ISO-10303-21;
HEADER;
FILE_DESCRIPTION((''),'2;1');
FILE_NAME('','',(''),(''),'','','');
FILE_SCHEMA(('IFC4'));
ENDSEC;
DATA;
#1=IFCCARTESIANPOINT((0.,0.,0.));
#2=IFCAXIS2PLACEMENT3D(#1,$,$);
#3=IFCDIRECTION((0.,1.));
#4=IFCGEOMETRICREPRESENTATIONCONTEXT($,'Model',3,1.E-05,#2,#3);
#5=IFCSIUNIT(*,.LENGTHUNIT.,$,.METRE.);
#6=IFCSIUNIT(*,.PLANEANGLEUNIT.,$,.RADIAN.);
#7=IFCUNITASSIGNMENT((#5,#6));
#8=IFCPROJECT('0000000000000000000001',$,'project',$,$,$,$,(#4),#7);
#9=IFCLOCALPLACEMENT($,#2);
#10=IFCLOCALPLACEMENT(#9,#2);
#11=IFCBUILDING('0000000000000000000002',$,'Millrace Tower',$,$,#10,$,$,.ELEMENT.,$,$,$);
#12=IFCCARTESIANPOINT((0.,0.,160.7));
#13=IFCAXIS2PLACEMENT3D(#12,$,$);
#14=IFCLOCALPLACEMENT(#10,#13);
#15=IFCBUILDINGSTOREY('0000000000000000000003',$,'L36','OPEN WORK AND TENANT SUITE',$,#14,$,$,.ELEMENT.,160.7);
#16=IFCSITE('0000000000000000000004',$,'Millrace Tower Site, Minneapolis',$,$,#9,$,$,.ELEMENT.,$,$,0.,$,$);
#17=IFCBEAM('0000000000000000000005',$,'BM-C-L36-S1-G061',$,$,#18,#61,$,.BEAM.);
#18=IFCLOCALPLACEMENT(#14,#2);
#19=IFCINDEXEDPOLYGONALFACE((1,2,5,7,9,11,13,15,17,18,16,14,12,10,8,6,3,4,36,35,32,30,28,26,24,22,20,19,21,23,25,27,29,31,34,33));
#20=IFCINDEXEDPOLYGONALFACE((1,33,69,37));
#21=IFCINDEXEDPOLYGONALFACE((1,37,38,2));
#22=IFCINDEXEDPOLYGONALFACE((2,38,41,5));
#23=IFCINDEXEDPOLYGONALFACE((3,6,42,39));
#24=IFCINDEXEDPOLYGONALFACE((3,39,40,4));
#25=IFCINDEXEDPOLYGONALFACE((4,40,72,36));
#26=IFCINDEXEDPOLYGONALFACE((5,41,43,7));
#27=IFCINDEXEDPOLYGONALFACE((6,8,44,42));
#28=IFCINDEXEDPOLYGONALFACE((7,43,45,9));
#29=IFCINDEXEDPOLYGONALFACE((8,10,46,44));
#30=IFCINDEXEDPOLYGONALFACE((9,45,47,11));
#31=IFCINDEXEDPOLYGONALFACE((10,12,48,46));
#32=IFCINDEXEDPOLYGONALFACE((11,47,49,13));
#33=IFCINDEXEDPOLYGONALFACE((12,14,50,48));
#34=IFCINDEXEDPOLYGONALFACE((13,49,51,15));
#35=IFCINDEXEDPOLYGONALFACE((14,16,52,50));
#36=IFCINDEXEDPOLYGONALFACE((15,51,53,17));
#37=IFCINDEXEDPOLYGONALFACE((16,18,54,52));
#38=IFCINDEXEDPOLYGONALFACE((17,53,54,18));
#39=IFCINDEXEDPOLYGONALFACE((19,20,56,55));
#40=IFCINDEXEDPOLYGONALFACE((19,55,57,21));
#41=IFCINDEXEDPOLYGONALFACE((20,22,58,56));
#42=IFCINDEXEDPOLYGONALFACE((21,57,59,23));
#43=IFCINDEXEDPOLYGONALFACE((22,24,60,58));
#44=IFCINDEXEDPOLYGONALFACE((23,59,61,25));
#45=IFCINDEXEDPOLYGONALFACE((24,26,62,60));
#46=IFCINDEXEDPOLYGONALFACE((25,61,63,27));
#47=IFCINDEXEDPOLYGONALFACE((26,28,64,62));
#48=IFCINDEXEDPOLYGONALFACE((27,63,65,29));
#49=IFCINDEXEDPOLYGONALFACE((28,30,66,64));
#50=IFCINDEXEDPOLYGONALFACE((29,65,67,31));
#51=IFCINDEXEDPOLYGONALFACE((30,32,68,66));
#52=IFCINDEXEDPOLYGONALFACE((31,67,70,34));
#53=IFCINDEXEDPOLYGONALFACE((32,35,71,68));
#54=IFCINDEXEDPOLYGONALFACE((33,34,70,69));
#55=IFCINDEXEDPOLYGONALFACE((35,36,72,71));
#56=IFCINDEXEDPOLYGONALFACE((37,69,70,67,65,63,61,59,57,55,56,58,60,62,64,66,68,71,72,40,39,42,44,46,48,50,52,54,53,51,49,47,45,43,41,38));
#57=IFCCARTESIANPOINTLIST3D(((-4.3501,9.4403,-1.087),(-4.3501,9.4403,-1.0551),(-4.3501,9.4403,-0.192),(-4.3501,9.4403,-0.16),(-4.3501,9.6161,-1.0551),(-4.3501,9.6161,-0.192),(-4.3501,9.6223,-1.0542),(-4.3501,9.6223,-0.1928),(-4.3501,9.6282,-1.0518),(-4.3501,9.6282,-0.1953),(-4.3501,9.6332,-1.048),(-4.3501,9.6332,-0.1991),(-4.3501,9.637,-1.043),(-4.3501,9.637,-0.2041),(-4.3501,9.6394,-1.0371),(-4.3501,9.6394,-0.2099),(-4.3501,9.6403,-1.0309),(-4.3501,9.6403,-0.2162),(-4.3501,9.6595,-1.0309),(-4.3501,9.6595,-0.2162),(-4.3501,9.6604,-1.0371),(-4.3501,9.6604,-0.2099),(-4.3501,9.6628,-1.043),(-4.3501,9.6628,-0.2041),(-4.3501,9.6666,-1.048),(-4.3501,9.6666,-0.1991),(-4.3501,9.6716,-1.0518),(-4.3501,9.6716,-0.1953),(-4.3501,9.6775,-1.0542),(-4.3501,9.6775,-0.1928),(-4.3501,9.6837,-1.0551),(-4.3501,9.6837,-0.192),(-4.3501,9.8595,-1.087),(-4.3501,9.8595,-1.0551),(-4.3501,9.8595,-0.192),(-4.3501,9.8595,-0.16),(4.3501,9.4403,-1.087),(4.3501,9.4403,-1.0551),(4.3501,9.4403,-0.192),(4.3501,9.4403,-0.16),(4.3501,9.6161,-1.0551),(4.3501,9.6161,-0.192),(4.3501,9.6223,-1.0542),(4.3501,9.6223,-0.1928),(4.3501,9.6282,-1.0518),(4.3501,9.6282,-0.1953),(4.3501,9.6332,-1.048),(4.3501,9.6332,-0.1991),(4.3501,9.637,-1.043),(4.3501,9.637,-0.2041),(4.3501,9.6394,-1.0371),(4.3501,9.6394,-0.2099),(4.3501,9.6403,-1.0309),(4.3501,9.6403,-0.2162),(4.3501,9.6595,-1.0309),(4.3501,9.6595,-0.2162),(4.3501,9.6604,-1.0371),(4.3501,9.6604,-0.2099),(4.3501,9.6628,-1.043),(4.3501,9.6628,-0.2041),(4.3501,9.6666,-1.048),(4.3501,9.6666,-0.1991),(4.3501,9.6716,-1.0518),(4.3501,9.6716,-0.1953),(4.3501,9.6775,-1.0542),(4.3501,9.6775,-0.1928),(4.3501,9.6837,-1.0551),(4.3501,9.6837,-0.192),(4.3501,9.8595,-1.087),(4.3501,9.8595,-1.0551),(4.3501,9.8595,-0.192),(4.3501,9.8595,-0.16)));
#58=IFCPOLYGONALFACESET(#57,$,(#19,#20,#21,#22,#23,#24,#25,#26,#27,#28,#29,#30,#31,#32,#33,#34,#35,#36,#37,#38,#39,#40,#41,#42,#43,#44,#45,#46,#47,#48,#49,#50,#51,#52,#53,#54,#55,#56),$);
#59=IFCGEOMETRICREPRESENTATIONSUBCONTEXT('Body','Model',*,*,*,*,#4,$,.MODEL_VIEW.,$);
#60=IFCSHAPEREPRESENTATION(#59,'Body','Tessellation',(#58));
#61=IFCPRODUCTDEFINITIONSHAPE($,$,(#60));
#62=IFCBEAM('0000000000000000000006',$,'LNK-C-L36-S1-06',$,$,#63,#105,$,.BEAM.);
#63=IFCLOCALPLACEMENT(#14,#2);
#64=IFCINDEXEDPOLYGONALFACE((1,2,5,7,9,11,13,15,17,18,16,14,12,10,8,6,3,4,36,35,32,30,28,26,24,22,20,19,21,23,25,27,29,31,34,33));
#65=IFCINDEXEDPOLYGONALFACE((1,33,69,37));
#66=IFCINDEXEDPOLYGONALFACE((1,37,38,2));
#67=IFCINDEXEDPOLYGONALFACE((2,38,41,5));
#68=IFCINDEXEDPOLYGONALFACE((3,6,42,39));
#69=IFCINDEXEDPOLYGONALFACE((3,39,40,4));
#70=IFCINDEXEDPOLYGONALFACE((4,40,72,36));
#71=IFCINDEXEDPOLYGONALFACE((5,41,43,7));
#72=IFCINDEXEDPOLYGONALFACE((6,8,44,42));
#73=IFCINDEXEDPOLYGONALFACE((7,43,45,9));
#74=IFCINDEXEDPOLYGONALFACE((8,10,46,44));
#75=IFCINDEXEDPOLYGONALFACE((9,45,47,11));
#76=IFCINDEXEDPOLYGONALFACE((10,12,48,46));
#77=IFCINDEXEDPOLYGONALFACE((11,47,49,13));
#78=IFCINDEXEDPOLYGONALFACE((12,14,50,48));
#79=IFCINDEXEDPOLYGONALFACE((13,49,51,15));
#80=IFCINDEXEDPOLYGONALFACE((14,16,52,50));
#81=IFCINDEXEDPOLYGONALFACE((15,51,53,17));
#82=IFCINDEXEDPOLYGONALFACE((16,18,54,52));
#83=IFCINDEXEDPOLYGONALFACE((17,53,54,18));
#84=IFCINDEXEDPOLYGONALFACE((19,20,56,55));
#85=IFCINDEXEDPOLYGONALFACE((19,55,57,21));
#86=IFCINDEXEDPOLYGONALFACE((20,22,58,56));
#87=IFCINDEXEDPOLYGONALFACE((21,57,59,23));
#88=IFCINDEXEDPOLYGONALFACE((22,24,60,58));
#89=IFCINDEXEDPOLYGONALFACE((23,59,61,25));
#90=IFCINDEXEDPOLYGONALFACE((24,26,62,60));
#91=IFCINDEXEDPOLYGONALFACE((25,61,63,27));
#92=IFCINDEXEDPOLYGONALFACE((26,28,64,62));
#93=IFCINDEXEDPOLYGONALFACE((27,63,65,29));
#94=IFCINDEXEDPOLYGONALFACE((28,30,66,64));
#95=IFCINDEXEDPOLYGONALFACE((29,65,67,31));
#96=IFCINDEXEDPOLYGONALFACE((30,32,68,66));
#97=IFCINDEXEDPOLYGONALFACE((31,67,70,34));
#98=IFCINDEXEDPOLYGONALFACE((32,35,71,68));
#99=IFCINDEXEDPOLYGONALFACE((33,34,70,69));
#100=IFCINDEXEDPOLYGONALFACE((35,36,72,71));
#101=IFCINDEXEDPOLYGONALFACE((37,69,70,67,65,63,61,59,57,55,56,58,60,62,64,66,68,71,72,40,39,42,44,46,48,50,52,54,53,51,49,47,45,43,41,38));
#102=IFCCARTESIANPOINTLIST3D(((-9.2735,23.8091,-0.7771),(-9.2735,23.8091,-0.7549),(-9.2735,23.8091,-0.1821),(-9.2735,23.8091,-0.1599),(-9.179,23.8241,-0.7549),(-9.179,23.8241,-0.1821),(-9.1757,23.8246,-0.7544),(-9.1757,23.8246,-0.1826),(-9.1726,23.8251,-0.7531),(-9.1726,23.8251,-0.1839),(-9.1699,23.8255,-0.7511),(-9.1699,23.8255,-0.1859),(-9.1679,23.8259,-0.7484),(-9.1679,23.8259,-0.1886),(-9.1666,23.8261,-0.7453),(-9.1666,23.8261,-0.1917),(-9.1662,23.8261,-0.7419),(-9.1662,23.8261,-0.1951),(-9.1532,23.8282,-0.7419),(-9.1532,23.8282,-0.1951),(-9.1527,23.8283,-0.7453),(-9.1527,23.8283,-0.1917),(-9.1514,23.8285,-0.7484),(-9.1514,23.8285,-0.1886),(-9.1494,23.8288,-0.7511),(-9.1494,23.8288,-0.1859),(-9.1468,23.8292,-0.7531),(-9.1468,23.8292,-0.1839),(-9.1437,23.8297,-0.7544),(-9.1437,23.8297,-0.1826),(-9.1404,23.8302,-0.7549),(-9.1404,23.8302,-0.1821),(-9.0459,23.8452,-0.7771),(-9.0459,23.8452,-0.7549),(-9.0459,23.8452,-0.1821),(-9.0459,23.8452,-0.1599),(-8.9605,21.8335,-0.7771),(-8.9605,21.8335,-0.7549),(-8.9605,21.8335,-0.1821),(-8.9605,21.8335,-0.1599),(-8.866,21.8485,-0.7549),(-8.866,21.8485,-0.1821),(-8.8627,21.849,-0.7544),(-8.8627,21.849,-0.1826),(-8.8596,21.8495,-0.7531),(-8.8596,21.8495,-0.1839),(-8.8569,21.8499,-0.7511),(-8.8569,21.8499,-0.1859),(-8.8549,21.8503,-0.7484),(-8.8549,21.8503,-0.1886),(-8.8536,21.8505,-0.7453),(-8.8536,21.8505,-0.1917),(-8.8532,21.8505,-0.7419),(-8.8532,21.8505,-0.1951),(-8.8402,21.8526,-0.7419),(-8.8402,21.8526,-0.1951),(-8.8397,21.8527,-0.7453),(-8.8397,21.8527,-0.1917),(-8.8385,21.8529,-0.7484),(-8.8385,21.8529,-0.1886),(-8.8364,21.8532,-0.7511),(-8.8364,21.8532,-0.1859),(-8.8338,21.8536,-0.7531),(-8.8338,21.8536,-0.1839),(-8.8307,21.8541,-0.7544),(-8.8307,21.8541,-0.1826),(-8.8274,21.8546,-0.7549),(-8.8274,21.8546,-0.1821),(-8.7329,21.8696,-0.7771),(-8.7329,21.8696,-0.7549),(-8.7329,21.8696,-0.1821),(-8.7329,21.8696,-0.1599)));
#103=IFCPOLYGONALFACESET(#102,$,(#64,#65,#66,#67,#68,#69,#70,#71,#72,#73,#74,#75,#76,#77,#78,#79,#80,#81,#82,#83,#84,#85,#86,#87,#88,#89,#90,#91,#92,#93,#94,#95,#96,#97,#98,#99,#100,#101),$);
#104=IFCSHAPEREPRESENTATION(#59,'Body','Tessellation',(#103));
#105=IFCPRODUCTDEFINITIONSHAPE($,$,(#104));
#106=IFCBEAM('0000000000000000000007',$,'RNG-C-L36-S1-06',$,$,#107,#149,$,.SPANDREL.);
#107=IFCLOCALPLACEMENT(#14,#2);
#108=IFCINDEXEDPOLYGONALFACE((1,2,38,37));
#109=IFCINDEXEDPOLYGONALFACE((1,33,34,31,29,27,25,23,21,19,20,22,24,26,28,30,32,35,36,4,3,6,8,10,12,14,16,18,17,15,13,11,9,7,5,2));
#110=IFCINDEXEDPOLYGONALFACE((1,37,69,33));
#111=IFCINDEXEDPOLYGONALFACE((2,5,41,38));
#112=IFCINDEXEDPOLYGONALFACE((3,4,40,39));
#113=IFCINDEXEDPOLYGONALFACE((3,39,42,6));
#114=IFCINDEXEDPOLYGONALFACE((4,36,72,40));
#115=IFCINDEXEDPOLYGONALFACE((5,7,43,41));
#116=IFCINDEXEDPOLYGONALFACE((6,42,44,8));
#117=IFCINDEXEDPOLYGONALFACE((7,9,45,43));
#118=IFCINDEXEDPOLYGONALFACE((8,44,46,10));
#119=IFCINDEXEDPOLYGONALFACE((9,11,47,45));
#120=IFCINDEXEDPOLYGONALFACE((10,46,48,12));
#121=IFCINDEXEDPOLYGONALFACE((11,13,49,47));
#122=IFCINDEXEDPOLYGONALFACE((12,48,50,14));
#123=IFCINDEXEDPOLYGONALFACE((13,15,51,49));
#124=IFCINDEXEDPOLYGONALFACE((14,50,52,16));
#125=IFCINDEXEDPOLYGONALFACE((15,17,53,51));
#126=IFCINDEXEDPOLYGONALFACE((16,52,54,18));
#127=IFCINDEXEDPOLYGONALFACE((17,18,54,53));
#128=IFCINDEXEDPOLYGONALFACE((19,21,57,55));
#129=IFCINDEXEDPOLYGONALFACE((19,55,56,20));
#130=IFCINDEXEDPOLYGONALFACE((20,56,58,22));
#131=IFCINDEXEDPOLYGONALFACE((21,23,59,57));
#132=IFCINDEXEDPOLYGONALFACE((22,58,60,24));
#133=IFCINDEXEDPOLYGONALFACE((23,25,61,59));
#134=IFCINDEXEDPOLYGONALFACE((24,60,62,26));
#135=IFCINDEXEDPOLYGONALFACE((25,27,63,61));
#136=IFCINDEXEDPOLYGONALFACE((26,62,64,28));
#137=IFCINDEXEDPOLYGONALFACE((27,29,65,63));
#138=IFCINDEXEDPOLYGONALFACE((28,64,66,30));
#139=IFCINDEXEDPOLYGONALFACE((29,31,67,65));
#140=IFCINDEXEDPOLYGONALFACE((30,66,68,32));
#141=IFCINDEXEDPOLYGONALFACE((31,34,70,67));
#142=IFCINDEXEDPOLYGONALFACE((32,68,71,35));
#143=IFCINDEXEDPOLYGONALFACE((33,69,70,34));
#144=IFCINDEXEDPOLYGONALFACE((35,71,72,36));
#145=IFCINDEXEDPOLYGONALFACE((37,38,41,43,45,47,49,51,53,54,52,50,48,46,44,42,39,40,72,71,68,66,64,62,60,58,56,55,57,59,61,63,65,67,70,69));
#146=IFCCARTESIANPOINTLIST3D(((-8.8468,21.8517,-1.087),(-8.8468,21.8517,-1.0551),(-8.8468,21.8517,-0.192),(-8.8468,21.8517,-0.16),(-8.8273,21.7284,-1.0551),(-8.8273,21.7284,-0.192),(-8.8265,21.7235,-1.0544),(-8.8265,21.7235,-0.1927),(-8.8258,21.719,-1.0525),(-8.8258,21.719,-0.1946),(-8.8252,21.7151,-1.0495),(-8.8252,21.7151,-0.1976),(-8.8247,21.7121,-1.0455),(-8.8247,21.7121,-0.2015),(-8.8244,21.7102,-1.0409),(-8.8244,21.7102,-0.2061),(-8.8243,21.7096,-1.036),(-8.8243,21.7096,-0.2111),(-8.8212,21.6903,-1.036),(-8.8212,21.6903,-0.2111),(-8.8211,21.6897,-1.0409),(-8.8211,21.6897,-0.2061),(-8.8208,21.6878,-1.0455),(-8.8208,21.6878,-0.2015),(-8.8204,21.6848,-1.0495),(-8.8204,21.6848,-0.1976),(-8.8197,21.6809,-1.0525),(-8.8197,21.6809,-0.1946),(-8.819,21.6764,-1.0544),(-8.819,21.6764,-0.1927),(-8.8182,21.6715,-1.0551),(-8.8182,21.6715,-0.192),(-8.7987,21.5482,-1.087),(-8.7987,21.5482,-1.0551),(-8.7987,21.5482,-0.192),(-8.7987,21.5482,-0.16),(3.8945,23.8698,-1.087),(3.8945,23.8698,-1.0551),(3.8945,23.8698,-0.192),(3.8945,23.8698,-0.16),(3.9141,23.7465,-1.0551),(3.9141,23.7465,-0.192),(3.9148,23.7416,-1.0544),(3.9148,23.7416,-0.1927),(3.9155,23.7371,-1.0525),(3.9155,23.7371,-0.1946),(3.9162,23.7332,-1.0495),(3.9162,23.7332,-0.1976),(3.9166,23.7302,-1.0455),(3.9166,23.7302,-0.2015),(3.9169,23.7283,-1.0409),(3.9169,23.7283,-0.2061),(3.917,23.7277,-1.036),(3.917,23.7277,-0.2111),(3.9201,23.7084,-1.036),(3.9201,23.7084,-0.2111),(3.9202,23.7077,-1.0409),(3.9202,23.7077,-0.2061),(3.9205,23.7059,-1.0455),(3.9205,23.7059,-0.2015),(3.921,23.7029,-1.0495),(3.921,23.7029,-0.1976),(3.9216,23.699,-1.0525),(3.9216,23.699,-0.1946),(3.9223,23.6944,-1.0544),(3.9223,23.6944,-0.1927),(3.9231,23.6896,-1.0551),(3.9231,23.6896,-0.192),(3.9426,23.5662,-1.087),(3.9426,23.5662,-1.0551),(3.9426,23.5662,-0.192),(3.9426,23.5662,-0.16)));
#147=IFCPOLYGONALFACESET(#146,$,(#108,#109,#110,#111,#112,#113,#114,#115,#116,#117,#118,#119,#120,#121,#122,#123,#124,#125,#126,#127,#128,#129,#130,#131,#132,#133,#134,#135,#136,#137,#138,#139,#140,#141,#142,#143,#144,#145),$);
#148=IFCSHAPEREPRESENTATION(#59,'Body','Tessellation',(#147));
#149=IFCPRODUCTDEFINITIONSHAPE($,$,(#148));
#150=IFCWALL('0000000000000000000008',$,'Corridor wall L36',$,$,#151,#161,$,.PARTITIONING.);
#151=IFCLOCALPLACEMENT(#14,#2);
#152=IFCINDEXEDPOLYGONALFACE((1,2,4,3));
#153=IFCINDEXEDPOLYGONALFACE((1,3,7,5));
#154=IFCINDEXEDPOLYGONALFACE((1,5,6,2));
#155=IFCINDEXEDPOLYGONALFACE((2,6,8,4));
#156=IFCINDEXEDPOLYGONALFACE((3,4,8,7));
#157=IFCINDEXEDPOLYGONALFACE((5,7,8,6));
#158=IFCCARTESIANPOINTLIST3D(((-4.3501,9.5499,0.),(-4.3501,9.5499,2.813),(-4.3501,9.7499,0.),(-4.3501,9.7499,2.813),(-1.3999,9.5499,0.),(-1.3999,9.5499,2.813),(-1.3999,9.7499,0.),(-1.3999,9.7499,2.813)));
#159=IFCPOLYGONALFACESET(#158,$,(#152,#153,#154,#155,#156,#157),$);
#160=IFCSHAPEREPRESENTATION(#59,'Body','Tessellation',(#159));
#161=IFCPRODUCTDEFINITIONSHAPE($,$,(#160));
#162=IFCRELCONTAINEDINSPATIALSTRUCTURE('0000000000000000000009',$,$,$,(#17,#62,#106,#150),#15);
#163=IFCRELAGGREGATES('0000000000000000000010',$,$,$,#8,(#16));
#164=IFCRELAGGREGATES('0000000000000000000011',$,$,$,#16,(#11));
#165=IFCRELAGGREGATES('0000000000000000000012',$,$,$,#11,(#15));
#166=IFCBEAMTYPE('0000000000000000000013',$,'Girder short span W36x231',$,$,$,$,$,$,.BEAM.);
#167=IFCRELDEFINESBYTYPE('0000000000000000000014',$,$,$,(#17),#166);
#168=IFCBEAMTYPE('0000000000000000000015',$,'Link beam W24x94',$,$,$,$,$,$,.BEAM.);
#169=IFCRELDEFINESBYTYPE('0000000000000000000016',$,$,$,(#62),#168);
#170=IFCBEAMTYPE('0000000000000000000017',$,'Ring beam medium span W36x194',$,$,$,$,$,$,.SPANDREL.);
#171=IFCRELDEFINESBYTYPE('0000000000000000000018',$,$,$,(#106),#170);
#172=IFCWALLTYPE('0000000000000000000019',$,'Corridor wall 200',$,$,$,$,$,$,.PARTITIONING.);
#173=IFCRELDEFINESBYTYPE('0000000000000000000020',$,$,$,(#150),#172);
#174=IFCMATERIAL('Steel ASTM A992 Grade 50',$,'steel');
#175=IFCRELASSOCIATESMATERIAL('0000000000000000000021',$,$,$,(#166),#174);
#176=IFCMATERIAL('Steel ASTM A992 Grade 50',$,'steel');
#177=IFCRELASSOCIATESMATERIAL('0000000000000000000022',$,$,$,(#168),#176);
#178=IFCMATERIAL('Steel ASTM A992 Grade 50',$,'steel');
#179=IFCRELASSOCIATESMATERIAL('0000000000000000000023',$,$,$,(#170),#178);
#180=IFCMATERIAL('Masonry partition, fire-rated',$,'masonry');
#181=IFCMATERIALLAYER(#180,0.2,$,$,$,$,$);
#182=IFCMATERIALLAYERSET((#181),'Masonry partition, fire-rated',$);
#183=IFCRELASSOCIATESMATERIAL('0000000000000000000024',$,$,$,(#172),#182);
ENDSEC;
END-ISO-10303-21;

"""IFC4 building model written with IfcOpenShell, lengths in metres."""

from ifc_helpers import new_model, si_unit, direction, frame, frame_2d, origin, origin_2d, place, context, subcontext, project, spatial, rectangle, i_section, extrude, material, layer, layer_set, material_profile, profile_set, type_object, element, save


model = new_model("IFC4")

# Units and contexts
model_context = context("Model", 3, precision=1e-05, world=origin(), true_north=direction((0.0, 1.0)))
body_context = subcontext(model_context, "Body", "Model", "MODEL_VIEW")
ifc_project = project(units=[si_unit("LENGTHUNIT", "METRE"), si_unit("PLANEANGLEUNIT", "RADIAN")], contexts=[model_context])

# Site, building, storey
site_placement = place(None, origin())
site = spatial("IfcSite", under=ifc_project, at=site_placement, Name="Millrace Tower Site, Minneapolis", CompositionType="ELEMENT", RefElevation=0.0)
building_placement = place(site_placement, origin())
building = spatial("IfcBuilding", under=site, at=building_placement, Name="Millrace Tower", CompositionType="ELEMENT")
storey_placement = place(building_placement, frame((0.0, 0.0, 160.7)))
storey = spatial("IfcBuildingStorey", under=building, at=storey_placement, Name="L36", Description="OPEN WORK AND TENANT SUITE", CompositionType="ELEMENT", Elevation=160.7)

# Beams
ifc_material_1 = material(Name="Steel ASTM A992 Grade 50", Category="steel")
ifc_material_profile_1 = material_profile(ifc_material_1, i_section(OverallWidth=0.4192, OverallDepth=0.927, WebThickness=0.0193, FlangeThickness=0.032, FilletRadius=0.0242, at=origin_2d()))
ifc_profile_set_1 = profile_set([ifc_material_profile_1], Name="Steel ASTM A992 Grade 50")
beam_type_1 = type_object("IfcBeamType", Name="Girder short span W36x231", PredefinedType="BEAM", material=ifc_profile_set_1)
beam_1_placement = place(storey_placement, frame((-4.3501, 9.6499, -0.6235), z_axis=(1.0, 0.0, 0.0), x_axis=(0.0, 1.0, 0.0)))
element("IfcBeam", 1, at=beam_1_placement, inside=storey, type_object=beam_type_1, Name="BM-C-L36-S1-G061", PredefinedType="BEAM", context=body_context, shape_type="SweptSolid", body=[
    extrude(i_section(OverallWidth=0.4192, OverallDepth=0.927, WebThickness=0.0193, FlangeThickness=0.032, FilletRadius=0.0242, at=origin_2d()), origin(), (0.0, 0.0, 1.0), 8.7002),
])
ifc_material_2 = material(Name="Steel ASTM A992 Grade 50", Category="steel")
ifc_material_profile_2 = material_profile(ifc_material_2, i_section(OverallWidth=0.2305, OverallDepth=0.6172, WebThickness=0.0132, FlangeThickness=0.0222, FilletRadius=0.0129, at=origin_2d()))
ifc_profile_set_2 = profile_set([ifc_material_profile_2], Name="Steel ASTM A992 Grade 50")
beam_type_2 = type_object("IfcBeamType", Name="Link beam W24x94", PredefinedType="BEAM", material=ifc_profile_set_2)
beam_2_placement = place(storey_placement, frame((-8.8467, 21.8516, -0.4685), z_axis=(-0.156477, 0.987682, 0.0), x_axis=(-0.987682, -0.156477, 0.0)))
element("IfcBeam", 2, at=beam_2_placement, inside=storey, type_object=beam_type_2, Name="LNK-C-L36-S1-06", PredefinedType="BEAM", context=body_context, shape_type="SweptSolid", body=[
    extrude(i_section(OverallWidth=0.2305, OverallDepth=0.6172, WebThickness=0.0132, FlangeThickness=0.0222, FilletRadius=0.0129, at=origin_2d()), origin(), (0.0, 0.0, 1.0), 2.0002),
])
ifc_material_3 = material(Name="Steel ASTM A992 Grade 50", Category="steel")
ifc_material_profile_3 = material_profile(ifc_material_3, i_section(OverallWidth=0.3074, OverallDepth=0.927, WebThickness=0.0195, FlangeThickness=0.032, FilletRadius=0.019, at=origin_2d()))
ifc_profile_set_3 = profile_set([ifc_material_profile_3], Name="Steel ASTM A992 Grade 50")
beam_type_3 = type_object("IfcBeamType", Name="Ring beam medium span W36x194", PredefinedType="SPANDREL", material=ifc_profile_set_3)
beam_3_placement = place(storey_placement, frame((-8.8228, 21.7, -0.6235), z_axis=(0.987688, 0.156439, 0.0), x_axis=(-0.156439, 0.987688, 0.0)))
element("IfcBeam", 3, at=beam_3_placement, inside=storey, type_object=beam_type_3, Name="RNG-C-L36-S1-06", PredefinedType="SPANDREL", context=body_context, shape_type="SweptSolid", body=[
    extrude(i_section(OverallWidth=0.3074, OverallDepth=0.927, WebThickness=0.0195, FlangeThickness=0.032, FilletRadius=0.019, at=origin_2d()), origin(), (0.0, 0.0, 1.0), 12.9001),
])

# Wall
ifc_material_4 = material(Name="Masonry partition, fire-rated", Category="masonry")
ifc_layer_1 = layer(ifc_material_4, 0.2)
ifc_layer_set_1 = layer_set([ifc_layer_1], Name="Masonry partition, fire-rated")
wall_type_1 = type_object("IfcWallType", Name="Corridor wall 200", PredefinedType="PARTITIONING", material=ifc_layer_set_1)
wall_1_placement = place(storey_placement, frame((-4.3501, 9.6499, 0.0), z_axis=(0.0, 0.0, 1.0), x_axis=(1.0, 0.0, 0.0)))
element("IfcWall", 4, at=wall_1_placement, inside=storey, type_object=wall_type_1, Name="Corridor wall L36", PredefinedType="PARTITIONING", context=body_context, shape_type="SweptSolid", body=[
    extrude(rectangle(XDim=2.9502, YDim=0.2, at=frame_2d((1.4751, 0.0))), origin(), (0.0, 0.0, 1.0), 2.813),
])

save(model, "model.ifc")
